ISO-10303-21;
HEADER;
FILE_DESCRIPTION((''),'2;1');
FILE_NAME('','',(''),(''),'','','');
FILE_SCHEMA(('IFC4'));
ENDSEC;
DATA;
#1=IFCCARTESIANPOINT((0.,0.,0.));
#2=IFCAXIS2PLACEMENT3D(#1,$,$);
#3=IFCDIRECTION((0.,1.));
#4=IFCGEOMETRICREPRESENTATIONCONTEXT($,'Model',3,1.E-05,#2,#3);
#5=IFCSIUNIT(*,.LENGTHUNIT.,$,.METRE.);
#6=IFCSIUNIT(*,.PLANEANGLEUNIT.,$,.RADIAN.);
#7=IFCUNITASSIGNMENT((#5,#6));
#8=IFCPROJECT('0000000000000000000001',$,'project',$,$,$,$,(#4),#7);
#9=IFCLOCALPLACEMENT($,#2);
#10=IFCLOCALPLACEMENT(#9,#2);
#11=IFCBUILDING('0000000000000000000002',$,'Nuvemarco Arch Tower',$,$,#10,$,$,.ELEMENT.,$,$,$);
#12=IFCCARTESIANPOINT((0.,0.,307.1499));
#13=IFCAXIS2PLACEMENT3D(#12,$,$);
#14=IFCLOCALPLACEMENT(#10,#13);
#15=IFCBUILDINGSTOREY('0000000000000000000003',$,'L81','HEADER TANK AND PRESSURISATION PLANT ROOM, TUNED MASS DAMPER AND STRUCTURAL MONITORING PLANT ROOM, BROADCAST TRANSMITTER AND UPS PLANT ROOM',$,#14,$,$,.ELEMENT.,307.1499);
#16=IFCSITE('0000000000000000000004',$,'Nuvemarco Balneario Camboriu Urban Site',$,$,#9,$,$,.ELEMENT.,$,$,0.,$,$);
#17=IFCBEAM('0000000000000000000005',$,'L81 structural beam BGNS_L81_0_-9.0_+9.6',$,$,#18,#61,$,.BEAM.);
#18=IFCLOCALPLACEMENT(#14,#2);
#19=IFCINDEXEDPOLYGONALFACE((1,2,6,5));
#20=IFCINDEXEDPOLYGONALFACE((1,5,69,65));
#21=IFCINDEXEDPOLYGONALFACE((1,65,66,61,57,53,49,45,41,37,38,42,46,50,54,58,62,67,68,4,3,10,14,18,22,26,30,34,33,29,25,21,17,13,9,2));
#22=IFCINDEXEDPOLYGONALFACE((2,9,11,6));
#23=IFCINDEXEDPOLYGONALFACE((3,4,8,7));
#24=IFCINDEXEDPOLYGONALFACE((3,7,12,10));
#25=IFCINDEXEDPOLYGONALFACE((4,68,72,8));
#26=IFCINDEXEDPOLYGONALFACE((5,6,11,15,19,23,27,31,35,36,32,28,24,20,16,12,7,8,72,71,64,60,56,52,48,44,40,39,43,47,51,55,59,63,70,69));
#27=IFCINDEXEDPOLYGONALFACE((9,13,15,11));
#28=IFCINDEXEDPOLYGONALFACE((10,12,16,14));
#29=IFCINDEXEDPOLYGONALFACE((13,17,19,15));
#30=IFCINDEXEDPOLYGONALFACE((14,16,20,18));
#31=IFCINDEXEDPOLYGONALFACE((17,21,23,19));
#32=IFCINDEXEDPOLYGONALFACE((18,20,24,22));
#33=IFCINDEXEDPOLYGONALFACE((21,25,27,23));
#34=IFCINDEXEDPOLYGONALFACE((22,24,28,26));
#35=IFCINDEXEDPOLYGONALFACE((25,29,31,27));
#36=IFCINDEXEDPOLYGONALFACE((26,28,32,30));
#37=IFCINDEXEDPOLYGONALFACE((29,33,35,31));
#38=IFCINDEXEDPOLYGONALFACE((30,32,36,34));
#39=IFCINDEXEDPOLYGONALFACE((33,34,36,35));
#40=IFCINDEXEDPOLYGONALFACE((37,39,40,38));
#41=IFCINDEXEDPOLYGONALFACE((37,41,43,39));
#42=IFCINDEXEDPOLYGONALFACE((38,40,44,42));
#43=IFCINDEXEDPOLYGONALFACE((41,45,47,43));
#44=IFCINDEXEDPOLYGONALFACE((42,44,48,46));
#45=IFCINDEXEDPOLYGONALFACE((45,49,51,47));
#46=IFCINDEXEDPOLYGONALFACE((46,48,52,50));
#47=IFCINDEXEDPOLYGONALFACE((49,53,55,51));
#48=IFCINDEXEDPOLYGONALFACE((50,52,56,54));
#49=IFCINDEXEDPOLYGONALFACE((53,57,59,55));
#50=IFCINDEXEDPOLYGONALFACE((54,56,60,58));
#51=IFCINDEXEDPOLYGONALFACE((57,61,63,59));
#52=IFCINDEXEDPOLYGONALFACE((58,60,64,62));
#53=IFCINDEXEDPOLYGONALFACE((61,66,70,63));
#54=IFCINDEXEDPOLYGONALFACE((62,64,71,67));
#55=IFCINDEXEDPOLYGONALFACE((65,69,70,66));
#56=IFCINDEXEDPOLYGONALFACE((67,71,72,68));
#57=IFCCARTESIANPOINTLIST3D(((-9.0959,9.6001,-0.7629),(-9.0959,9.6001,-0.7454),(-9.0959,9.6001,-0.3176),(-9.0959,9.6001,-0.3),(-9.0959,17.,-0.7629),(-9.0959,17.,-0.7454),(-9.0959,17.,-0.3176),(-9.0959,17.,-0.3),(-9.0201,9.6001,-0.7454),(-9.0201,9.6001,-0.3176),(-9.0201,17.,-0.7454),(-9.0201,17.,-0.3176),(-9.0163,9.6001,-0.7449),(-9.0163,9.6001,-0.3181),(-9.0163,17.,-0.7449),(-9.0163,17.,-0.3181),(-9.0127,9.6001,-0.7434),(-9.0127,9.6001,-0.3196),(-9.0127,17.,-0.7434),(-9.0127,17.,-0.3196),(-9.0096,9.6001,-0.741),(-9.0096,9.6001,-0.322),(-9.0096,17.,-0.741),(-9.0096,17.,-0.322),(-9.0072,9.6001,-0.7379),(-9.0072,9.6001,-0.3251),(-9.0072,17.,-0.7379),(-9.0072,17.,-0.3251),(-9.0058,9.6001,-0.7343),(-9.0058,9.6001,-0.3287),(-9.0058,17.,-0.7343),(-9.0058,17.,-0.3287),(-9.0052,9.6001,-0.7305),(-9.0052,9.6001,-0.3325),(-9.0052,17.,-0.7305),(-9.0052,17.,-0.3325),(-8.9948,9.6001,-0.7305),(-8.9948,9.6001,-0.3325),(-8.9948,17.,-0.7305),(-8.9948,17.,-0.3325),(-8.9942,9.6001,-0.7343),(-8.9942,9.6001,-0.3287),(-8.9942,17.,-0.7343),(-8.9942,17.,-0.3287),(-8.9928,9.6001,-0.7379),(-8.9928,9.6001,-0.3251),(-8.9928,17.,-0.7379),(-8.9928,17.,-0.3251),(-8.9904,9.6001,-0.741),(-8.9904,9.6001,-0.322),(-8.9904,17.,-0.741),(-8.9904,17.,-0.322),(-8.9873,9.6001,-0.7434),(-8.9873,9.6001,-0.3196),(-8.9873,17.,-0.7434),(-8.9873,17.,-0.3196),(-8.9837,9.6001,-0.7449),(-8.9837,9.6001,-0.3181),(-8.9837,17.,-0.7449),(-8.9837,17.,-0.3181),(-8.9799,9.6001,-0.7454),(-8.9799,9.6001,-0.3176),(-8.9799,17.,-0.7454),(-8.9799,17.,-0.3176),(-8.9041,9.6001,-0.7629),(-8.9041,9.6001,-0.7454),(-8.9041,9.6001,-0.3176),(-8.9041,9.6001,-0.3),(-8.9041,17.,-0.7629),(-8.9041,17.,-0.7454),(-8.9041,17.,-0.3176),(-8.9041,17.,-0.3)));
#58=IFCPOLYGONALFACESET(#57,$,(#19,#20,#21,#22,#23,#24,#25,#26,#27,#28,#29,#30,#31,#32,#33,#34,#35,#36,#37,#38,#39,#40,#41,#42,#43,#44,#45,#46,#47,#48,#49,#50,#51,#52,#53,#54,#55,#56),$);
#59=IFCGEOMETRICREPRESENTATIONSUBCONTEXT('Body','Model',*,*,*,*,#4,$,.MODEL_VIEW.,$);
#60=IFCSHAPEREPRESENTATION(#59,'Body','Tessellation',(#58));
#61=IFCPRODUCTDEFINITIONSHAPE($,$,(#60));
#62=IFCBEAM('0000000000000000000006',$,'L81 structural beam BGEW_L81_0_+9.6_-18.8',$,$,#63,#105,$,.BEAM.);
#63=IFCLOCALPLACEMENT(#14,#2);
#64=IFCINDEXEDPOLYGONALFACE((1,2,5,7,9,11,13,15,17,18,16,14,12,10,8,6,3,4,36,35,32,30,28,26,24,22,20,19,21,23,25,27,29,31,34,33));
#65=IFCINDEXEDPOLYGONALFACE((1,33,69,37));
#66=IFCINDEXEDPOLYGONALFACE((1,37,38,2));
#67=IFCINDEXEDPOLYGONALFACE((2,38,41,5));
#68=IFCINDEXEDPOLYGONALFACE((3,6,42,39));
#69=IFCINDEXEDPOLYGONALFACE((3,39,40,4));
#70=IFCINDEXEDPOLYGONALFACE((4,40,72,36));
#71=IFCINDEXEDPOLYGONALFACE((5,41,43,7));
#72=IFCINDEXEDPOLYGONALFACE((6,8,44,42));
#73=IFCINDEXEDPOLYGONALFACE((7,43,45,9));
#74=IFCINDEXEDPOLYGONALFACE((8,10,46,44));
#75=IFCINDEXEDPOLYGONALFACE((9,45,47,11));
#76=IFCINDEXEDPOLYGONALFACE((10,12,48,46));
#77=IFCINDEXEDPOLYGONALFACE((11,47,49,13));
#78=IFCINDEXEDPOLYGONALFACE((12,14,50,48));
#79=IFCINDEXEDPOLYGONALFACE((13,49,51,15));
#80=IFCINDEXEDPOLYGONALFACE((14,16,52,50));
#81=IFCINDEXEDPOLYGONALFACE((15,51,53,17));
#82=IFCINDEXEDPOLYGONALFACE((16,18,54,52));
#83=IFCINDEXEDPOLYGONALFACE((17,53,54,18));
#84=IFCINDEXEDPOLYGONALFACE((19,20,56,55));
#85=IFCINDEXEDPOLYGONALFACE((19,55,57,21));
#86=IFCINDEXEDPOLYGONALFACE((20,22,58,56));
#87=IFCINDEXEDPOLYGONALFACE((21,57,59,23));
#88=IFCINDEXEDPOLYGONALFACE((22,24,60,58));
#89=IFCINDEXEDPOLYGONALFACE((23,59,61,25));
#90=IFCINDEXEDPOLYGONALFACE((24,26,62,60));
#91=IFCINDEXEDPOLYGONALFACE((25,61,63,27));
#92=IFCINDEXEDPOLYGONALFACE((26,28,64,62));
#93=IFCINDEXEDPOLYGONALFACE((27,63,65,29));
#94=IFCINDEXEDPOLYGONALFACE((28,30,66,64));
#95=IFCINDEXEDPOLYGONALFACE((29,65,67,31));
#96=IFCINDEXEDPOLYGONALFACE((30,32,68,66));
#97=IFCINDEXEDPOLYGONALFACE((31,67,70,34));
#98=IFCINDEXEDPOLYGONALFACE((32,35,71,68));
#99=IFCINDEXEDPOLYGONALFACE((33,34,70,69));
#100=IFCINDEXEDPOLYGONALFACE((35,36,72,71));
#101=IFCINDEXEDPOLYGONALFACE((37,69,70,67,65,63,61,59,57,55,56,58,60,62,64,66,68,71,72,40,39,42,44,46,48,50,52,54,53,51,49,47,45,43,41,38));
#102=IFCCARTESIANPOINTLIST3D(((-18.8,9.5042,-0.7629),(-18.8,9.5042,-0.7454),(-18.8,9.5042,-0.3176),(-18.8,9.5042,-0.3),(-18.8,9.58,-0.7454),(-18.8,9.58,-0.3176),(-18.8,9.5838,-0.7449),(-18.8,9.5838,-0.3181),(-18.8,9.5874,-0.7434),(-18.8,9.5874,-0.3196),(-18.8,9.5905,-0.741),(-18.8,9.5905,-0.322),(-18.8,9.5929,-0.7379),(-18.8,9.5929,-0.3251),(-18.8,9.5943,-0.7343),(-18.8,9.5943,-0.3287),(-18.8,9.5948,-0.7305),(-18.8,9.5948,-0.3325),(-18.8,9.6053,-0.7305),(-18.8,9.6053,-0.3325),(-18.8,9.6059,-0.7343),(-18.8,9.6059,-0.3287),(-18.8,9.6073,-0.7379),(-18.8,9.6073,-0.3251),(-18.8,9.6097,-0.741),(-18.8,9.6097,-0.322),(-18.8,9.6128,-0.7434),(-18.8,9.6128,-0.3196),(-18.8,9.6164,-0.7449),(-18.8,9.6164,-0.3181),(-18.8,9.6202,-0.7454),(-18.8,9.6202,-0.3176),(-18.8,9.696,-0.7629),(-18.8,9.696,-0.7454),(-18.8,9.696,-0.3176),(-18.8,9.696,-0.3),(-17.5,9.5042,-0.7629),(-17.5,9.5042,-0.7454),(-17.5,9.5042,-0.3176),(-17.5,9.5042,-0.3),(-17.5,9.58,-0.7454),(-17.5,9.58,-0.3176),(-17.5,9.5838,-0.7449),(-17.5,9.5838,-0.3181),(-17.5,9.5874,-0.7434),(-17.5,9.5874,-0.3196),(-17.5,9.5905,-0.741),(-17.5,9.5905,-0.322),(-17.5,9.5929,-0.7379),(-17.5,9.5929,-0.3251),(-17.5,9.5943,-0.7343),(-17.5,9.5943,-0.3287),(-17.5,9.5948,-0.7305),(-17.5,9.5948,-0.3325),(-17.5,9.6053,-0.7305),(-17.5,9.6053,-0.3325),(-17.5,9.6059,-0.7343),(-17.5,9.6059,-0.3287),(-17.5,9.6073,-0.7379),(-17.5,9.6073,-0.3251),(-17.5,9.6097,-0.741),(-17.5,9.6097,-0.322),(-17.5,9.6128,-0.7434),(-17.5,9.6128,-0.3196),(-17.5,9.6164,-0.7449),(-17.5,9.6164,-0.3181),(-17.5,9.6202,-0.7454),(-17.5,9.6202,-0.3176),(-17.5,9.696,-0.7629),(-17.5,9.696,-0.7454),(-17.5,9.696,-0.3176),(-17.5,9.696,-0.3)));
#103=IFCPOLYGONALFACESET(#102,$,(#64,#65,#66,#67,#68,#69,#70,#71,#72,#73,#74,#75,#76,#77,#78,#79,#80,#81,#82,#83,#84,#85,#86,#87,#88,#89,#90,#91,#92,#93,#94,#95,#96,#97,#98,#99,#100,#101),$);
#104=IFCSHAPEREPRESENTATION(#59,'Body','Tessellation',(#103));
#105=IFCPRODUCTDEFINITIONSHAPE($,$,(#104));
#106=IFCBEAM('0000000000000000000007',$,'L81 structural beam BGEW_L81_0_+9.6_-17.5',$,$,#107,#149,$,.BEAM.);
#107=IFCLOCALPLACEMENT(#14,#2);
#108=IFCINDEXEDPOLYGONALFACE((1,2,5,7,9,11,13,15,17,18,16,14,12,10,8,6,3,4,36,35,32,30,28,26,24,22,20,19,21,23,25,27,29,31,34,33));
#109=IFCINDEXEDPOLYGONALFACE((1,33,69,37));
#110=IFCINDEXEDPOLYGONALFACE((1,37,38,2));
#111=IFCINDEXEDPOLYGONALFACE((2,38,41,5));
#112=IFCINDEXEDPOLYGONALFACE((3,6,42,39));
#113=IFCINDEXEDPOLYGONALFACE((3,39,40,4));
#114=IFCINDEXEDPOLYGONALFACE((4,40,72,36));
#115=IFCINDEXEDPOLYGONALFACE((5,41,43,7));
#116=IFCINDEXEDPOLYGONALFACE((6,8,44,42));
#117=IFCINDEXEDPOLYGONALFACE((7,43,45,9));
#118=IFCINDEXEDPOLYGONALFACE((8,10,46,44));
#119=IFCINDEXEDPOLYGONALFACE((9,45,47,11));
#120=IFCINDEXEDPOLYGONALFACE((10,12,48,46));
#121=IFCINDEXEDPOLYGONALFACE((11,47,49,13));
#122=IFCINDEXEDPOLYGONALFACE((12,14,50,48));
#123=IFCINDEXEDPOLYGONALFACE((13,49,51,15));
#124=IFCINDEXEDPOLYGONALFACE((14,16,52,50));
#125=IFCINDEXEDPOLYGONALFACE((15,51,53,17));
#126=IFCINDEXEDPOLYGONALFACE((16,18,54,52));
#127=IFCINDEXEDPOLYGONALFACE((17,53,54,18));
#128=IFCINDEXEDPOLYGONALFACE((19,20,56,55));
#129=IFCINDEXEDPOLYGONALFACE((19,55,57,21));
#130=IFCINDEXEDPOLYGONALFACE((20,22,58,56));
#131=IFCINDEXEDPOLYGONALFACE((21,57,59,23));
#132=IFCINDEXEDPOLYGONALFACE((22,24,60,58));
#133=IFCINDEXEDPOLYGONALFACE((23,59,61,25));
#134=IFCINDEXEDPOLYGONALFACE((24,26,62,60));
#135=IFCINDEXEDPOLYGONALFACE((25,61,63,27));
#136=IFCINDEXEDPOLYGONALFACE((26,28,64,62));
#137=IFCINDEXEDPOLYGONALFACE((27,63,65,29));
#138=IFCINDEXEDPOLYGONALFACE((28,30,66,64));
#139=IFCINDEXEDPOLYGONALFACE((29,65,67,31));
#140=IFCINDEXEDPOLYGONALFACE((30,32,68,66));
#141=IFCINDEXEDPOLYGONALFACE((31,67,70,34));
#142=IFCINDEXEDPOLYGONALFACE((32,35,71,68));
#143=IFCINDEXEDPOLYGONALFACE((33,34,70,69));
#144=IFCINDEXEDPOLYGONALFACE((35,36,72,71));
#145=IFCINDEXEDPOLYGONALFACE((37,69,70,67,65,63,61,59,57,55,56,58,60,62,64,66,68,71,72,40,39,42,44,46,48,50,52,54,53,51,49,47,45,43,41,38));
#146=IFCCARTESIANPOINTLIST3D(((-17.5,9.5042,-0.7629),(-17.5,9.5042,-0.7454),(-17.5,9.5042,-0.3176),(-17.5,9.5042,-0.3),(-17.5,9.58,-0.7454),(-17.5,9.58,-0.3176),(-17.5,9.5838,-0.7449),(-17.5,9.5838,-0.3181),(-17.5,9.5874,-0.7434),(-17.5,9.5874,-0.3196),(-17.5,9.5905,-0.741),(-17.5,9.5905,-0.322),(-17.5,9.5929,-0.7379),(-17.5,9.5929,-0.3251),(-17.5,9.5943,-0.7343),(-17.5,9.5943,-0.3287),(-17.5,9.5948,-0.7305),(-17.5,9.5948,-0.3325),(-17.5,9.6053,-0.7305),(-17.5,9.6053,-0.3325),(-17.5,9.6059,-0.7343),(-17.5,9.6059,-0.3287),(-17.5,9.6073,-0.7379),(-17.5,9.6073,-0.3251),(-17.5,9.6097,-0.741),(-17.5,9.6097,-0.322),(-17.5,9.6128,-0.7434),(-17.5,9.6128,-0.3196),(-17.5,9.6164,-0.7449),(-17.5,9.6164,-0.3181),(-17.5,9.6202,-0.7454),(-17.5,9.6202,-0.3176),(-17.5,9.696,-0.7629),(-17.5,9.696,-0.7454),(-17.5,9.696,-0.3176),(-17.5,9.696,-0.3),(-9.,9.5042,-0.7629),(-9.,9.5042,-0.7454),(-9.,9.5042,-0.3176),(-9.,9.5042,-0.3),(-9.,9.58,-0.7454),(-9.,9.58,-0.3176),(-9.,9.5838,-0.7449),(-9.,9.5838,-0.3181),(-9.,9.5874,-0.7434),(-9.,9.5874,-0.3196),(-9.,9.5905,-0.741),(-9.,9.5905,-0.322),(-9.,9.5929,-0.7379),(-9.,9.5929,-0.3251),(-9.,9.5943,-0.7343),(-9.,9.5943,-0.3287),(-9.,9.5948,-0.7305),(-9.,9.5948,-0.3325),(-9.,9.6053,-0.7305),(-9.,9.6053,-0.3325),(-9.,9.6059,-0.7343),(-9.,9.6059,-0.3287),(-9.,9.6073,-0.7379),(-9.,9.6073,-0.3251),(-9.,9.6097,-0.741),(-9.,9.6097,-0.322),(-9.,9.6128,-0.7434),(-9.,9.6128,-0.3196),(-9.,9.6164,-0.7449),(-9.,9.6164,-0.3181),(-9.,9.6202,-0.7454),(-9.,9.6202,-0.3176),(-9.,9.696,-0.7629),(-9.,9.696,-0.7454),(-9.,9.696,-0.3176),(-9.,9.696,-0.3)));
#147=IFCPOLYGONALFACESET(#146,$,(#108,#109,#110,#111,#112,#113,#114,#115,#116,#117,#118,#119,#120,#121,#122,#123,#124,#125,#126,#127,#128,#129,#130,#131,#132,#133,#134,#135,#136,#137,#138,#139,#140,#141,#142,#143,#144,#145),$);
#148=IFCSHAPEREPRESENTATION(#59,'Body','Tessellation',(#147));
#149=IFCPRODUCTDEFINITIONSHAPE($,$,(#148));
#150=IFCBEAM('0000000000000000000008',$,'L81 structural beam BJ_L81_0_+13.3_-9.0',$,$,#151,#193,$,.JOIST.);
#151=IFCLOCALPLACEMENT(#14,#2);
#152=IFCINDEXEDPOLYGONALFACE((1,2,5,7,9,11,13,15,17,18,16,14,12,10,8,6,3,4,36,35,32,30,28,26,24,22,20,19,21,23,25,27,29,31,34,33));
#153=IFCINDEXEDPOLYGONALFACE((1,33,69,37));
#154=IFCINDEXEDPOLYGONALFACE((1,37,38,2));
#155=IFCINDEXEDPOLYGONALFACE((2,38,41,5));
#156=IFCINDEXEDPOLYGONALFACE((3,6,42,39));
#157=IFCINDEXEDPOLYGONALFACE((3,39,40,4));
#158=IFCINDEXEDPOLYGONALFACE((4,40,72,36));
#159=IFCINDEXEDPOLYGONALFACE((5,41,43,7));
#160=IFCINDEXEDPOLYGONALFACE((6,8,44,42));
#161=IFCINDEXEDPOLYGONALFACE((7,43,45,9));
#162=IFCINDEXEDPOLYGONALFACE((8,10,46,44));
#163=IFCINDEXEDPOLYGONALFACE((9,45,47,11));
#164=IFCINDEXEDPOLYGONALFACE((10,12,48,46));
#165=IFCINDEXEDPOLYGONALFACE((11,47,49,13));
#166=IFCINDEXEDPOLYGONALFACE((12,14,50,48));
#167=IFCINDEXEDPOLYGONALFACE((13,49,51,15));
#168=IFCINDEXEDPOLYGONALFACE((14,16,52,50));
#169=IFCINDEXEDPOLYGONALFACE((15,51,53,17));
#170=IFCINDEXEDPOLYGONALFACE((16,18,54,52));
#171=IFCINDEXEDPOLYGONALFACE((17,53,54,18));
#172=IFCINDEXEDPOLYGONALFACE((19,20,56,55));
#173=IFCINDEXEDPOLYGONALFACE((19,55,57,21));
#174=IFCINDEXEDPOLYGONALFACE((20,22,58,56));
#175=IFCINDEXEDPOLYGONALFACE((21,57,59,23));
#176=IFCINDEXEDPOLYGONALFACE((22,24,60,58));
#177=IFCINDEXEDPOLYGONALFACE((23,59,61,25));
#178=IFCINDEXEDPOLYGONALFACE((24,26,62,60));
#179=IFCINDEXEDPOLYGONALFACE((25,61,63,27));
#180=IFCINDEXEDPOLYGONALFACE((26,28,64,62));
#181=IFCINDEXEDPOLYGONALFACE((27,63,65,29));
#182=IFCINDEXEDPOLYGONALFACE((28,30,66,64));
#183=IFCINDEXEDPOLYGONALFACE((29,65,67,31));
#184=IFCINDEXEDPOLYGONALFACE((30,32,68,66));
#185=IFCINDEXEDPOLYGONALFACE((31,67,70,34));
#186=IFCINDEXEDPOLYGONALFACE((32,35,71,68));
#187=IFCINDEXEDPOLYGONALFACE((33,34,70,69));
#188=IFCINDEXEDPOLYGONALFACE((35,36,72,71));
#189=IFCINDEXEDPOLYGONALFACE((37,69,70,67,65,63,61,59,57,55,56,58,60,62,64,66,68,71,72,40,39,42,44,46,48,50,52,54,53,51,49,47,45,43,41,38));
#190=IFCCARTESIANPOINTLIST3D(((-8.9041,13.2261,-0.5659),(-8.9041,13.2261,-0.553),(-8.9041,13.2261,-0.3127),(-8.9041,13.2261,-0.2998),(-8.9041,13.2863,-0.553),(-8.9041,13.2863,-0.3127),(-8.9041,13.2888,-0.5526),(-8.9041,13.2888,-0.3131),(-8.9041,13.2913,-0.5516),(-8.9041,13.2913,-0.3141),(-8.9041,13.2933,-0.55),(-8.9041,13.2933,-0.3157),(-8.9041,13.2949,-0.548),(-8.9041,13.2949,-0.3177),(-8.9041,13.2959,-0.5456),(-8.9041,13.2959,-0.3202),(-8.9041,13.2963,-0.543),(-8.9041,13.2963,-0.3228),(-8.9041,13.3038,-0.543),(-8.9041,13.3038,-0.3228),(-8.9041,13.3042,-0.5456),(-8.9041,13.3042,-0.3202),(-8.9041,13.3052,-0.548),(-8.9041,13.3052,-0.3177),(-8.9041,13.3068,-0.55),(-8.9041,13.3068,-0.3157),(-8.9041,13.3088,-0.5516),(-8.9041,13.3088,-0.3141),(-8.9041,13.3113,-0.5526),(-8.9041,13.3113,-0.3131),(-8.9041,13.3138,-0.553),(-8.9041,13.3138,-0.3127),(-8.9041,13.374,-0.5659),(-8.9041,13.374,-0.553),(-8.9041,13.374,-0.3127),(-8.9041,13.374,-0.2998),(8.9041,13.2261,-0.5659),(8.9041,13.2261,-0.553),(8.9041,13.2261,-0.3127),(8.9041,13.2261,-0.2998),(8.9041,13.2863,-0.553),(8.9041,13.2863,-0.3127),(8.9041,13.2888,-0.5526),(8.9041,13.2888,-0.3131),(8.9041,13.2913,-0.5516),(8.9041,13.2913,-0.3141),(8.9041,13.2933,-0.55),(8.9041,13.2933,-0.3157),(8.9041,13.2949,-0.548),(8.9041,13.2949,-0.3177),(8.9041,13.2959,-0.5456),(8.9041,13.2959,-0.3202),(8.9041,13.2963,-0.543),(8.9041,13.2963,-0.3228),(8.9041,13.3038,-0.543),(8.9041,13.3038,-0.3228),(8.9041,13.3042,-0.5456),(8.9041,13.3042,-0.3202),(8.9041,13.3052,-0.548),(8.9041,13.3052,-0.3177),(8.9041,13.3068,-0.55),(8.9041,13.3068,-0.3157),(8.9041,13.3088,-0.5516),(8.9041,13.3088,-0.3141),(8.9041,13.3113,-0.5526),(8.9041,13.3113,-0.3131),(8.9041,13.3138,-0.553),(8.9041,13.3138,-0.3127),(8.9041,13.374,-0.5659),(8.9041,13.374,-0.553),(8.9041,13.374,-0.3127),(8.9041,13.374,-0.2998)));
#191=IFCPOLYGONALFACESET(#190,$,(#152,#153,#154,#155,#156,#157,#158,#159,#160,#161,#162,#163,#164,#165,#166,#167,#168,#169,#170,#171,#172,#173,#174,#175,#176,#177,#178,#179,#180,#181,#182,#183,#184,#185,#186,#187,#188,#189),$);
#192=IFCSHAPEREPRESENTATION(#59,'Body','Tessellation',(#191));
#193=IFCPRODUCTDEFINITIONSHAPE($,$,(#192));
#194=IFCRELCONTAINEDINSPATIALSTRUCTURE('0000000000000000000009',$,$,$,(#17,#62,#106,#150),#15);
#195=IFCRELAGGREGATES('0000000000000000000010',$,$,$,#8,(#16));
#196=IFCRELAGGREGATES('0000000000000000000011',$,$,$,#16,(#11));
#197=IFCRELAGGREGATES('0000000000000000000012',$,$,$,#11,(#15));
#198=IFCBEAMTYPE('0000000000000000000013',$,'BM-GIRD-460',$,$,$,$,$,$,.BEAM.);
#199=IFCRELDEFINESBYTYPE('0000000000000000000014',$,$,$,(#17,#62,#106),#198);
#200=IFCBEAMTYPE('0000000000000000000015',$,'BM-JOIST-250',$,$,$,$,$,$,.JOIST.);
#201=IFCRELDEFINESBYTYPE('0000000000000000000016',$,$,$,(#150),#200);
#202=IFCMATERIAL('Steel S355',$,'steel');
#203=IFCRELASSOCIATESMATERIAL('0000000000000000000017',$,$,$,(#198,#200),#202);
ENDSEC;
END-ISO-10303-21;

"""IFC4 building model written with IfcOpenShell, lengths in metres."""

from ifc_helpers import new_model, si_unit, direction, frame, origin, origin_2d, place, context, subcontext, project, spatial, i_section, extrude, material, material_profile, profile_set, type_object, element, save


model = new_model("IFC4")

# Units and contexts
model_context = context("Model", 3, precision=1e-05, world=origin(), true_north=direction((0.0, 1.0)))
body_context = subcontext(model_context, "Body", "Model", "MODEL_VIEW")
ifc_project = project(units=[si_unit("LENGTHUNIT", "METRE"), si_unit("PLANEANGLEUNIT", "RADIAN")], contexts=[model_context])

# Site, building, storey
site_placement = place(None, origin())
site = spatial("IfcSite", under=ifc_project, at=site_placement, Name="Nuvemarco Balneario Camboriu Urban Site", CompositionType="ELEMENT", RefElevation=0.0)
building_placement = place(site_placement, origin())
building = spatial("IfcBuilding", under=site, at=building_placement, Name="Nuvemarco Arch Tower", CompositionType="ELEMENT")
storey_placement = place(building_placement, frame((0.0, 0.0, 307.1499)))
storey = spatial("IfcBuildingStorey", under=building, at=storey_placement, Name="L81", Description="HEADER TANK AND PRESSURISATION PLANT ROOM, TUNED MASS DAMPER AND STRUCTURAL MONITORING PLANT ROOM, BROADCAST TRANSMITTER AND UPS PLANT ROOM", CompositionType="ELEMENT", Elevation=307.1499)

# Shared definitions
ifc_material_1 = material(Name="Steel S355", Category="steel")

# Beams
ifc_material_profile_1 = material_profile(ifc_material_1, i_section(OverallWidth=0.1919, OverallDepth=0.4629, WebThickness=0.0105, FlangeThickness=0.0176, FilletRadius=0.0149, at=origin_2d()), Name="W460x89")
ifc_profile_set_1 = profile_set([ifc_material_profile_1], Name="Steel S355")
beam_type_1 = type_object("IfcBeamType", Name="BM-GIRD-460", PredefinedType="BEAM", material=ifc_profile_set_1)
beam_1_placement = place(storey_placement, frame((-9.0, 9.6001, -0.5315), z_axis=(0.0, 1.0, 0.0), x_axis=(-1.0, 0.0, 0.0)))
element("IfcBeam", 1, at=beam_1_placement, inside=storey, type_object=beam_type_1, Name="L81 structural beam BGNS_L81_0_-9.0_+9.6", PredefinedType="BEAM", context=body_context, shape_type="SweptSolid", body=[
    extrude(i_section(OverallWidth=0.1919, OverallDepth=0.4629, WebThickness=0.0105, FlangeThickness=0.0176, FilletRadius=0.0149, at=origin_2d()), origin(), (0.0, 0.0, 1.0), 7.3999),
])
beam_2_placement = place(storey_placement, frame((-18.8, 9.6001, -0.5315), z_axis=(1.0, 0.0, 0.0), x_axis=(0.0, 1.0, 0.0)))
element("IfcBeam", 2, at=beam_2_placement, inside=storey, type_object=beam_type_1, Name="L81 structural beam BGEW_L81_0_+9.6_-18.8", PredefinedType="BEAM", context=body_context, shape_type="SweptSolid", body=[
    extrude(i_section(OverallWidth=0.1919, OverallDepth=0.4629, WebThickness=0.0105, FlangeThickness=0.0176, FilletRadius=0.0149, at=origin_2d()), origin(), (0.0, 0.0, 1.0), 1.3),
])
beam_3_placement = place(storey_placement, frame((-17.5, 9.6001, -0.5315), z_axis=(1.0, 0.0, 0.0), x_axis=(0.0, 1.0, 0.0)))
element("IfcBeam", 3, at=beam_3_placement, inside=storey, type_object=beam_type_1, Name="L81 structural beam BGEW_L81_0_+9.6_-17.5", PredefinedType="BEAM", context=body_context, shape_type="SweptSolid", body=[
    extrude(i_section(OverallWidth=0.1919, OverallDepth=0.4629, WebThickness=0.0105, FlangeThickness=0.0176, FilletRadius=0.0149, at=origin_2d()), origin(), (0.0, 0.0, 1.0), 8.5),
])
ifc_material_profile_2 = material_profile(ifc_material_1, i_section(OverallWidth=0.1479, OverallDepth=0.2661, WebThickness=0.0076, FlangeThickness=0.0129, FilletRadius=0.01, at=origin_2d()), Name="W250x44.8")
ifc_profile_set_2 = profile_set([ifc_material_profile_2], Name="Steel S355")
beam_type_2 = type_object("IfcBeamType", Name="BM-JOIST-250", PredefinedType="JOIST", material=ifc_profile_set_2)
beam_4_placement = place(storey_placement, frame((-8.9041, 13.3, -0.4329), z_axis=(1.0, 0.0, 0.0), x_axis=(0.0, 1.0, 0.0)))
element("IfcBeam", 4, at=beam_4_placement, inside=storey, type_object=beam_type_2, Name="L81 structural beam BJ_L81_0_+13.3_-9.0", PredefinedType="JOIST", context=body_context, shape_type="SweptSolid", body=[
    extrude(i_section(OverallWidth=0.1479, OverallDepth=0.2661, WebThickness=0.0076, FlangeThickness=0.0129, FilletRadius=0.01, at=origin_2d()), origin(), (0.0, 0.0, 1.0), 17.8081),
])

save(model, "model.ifc")
